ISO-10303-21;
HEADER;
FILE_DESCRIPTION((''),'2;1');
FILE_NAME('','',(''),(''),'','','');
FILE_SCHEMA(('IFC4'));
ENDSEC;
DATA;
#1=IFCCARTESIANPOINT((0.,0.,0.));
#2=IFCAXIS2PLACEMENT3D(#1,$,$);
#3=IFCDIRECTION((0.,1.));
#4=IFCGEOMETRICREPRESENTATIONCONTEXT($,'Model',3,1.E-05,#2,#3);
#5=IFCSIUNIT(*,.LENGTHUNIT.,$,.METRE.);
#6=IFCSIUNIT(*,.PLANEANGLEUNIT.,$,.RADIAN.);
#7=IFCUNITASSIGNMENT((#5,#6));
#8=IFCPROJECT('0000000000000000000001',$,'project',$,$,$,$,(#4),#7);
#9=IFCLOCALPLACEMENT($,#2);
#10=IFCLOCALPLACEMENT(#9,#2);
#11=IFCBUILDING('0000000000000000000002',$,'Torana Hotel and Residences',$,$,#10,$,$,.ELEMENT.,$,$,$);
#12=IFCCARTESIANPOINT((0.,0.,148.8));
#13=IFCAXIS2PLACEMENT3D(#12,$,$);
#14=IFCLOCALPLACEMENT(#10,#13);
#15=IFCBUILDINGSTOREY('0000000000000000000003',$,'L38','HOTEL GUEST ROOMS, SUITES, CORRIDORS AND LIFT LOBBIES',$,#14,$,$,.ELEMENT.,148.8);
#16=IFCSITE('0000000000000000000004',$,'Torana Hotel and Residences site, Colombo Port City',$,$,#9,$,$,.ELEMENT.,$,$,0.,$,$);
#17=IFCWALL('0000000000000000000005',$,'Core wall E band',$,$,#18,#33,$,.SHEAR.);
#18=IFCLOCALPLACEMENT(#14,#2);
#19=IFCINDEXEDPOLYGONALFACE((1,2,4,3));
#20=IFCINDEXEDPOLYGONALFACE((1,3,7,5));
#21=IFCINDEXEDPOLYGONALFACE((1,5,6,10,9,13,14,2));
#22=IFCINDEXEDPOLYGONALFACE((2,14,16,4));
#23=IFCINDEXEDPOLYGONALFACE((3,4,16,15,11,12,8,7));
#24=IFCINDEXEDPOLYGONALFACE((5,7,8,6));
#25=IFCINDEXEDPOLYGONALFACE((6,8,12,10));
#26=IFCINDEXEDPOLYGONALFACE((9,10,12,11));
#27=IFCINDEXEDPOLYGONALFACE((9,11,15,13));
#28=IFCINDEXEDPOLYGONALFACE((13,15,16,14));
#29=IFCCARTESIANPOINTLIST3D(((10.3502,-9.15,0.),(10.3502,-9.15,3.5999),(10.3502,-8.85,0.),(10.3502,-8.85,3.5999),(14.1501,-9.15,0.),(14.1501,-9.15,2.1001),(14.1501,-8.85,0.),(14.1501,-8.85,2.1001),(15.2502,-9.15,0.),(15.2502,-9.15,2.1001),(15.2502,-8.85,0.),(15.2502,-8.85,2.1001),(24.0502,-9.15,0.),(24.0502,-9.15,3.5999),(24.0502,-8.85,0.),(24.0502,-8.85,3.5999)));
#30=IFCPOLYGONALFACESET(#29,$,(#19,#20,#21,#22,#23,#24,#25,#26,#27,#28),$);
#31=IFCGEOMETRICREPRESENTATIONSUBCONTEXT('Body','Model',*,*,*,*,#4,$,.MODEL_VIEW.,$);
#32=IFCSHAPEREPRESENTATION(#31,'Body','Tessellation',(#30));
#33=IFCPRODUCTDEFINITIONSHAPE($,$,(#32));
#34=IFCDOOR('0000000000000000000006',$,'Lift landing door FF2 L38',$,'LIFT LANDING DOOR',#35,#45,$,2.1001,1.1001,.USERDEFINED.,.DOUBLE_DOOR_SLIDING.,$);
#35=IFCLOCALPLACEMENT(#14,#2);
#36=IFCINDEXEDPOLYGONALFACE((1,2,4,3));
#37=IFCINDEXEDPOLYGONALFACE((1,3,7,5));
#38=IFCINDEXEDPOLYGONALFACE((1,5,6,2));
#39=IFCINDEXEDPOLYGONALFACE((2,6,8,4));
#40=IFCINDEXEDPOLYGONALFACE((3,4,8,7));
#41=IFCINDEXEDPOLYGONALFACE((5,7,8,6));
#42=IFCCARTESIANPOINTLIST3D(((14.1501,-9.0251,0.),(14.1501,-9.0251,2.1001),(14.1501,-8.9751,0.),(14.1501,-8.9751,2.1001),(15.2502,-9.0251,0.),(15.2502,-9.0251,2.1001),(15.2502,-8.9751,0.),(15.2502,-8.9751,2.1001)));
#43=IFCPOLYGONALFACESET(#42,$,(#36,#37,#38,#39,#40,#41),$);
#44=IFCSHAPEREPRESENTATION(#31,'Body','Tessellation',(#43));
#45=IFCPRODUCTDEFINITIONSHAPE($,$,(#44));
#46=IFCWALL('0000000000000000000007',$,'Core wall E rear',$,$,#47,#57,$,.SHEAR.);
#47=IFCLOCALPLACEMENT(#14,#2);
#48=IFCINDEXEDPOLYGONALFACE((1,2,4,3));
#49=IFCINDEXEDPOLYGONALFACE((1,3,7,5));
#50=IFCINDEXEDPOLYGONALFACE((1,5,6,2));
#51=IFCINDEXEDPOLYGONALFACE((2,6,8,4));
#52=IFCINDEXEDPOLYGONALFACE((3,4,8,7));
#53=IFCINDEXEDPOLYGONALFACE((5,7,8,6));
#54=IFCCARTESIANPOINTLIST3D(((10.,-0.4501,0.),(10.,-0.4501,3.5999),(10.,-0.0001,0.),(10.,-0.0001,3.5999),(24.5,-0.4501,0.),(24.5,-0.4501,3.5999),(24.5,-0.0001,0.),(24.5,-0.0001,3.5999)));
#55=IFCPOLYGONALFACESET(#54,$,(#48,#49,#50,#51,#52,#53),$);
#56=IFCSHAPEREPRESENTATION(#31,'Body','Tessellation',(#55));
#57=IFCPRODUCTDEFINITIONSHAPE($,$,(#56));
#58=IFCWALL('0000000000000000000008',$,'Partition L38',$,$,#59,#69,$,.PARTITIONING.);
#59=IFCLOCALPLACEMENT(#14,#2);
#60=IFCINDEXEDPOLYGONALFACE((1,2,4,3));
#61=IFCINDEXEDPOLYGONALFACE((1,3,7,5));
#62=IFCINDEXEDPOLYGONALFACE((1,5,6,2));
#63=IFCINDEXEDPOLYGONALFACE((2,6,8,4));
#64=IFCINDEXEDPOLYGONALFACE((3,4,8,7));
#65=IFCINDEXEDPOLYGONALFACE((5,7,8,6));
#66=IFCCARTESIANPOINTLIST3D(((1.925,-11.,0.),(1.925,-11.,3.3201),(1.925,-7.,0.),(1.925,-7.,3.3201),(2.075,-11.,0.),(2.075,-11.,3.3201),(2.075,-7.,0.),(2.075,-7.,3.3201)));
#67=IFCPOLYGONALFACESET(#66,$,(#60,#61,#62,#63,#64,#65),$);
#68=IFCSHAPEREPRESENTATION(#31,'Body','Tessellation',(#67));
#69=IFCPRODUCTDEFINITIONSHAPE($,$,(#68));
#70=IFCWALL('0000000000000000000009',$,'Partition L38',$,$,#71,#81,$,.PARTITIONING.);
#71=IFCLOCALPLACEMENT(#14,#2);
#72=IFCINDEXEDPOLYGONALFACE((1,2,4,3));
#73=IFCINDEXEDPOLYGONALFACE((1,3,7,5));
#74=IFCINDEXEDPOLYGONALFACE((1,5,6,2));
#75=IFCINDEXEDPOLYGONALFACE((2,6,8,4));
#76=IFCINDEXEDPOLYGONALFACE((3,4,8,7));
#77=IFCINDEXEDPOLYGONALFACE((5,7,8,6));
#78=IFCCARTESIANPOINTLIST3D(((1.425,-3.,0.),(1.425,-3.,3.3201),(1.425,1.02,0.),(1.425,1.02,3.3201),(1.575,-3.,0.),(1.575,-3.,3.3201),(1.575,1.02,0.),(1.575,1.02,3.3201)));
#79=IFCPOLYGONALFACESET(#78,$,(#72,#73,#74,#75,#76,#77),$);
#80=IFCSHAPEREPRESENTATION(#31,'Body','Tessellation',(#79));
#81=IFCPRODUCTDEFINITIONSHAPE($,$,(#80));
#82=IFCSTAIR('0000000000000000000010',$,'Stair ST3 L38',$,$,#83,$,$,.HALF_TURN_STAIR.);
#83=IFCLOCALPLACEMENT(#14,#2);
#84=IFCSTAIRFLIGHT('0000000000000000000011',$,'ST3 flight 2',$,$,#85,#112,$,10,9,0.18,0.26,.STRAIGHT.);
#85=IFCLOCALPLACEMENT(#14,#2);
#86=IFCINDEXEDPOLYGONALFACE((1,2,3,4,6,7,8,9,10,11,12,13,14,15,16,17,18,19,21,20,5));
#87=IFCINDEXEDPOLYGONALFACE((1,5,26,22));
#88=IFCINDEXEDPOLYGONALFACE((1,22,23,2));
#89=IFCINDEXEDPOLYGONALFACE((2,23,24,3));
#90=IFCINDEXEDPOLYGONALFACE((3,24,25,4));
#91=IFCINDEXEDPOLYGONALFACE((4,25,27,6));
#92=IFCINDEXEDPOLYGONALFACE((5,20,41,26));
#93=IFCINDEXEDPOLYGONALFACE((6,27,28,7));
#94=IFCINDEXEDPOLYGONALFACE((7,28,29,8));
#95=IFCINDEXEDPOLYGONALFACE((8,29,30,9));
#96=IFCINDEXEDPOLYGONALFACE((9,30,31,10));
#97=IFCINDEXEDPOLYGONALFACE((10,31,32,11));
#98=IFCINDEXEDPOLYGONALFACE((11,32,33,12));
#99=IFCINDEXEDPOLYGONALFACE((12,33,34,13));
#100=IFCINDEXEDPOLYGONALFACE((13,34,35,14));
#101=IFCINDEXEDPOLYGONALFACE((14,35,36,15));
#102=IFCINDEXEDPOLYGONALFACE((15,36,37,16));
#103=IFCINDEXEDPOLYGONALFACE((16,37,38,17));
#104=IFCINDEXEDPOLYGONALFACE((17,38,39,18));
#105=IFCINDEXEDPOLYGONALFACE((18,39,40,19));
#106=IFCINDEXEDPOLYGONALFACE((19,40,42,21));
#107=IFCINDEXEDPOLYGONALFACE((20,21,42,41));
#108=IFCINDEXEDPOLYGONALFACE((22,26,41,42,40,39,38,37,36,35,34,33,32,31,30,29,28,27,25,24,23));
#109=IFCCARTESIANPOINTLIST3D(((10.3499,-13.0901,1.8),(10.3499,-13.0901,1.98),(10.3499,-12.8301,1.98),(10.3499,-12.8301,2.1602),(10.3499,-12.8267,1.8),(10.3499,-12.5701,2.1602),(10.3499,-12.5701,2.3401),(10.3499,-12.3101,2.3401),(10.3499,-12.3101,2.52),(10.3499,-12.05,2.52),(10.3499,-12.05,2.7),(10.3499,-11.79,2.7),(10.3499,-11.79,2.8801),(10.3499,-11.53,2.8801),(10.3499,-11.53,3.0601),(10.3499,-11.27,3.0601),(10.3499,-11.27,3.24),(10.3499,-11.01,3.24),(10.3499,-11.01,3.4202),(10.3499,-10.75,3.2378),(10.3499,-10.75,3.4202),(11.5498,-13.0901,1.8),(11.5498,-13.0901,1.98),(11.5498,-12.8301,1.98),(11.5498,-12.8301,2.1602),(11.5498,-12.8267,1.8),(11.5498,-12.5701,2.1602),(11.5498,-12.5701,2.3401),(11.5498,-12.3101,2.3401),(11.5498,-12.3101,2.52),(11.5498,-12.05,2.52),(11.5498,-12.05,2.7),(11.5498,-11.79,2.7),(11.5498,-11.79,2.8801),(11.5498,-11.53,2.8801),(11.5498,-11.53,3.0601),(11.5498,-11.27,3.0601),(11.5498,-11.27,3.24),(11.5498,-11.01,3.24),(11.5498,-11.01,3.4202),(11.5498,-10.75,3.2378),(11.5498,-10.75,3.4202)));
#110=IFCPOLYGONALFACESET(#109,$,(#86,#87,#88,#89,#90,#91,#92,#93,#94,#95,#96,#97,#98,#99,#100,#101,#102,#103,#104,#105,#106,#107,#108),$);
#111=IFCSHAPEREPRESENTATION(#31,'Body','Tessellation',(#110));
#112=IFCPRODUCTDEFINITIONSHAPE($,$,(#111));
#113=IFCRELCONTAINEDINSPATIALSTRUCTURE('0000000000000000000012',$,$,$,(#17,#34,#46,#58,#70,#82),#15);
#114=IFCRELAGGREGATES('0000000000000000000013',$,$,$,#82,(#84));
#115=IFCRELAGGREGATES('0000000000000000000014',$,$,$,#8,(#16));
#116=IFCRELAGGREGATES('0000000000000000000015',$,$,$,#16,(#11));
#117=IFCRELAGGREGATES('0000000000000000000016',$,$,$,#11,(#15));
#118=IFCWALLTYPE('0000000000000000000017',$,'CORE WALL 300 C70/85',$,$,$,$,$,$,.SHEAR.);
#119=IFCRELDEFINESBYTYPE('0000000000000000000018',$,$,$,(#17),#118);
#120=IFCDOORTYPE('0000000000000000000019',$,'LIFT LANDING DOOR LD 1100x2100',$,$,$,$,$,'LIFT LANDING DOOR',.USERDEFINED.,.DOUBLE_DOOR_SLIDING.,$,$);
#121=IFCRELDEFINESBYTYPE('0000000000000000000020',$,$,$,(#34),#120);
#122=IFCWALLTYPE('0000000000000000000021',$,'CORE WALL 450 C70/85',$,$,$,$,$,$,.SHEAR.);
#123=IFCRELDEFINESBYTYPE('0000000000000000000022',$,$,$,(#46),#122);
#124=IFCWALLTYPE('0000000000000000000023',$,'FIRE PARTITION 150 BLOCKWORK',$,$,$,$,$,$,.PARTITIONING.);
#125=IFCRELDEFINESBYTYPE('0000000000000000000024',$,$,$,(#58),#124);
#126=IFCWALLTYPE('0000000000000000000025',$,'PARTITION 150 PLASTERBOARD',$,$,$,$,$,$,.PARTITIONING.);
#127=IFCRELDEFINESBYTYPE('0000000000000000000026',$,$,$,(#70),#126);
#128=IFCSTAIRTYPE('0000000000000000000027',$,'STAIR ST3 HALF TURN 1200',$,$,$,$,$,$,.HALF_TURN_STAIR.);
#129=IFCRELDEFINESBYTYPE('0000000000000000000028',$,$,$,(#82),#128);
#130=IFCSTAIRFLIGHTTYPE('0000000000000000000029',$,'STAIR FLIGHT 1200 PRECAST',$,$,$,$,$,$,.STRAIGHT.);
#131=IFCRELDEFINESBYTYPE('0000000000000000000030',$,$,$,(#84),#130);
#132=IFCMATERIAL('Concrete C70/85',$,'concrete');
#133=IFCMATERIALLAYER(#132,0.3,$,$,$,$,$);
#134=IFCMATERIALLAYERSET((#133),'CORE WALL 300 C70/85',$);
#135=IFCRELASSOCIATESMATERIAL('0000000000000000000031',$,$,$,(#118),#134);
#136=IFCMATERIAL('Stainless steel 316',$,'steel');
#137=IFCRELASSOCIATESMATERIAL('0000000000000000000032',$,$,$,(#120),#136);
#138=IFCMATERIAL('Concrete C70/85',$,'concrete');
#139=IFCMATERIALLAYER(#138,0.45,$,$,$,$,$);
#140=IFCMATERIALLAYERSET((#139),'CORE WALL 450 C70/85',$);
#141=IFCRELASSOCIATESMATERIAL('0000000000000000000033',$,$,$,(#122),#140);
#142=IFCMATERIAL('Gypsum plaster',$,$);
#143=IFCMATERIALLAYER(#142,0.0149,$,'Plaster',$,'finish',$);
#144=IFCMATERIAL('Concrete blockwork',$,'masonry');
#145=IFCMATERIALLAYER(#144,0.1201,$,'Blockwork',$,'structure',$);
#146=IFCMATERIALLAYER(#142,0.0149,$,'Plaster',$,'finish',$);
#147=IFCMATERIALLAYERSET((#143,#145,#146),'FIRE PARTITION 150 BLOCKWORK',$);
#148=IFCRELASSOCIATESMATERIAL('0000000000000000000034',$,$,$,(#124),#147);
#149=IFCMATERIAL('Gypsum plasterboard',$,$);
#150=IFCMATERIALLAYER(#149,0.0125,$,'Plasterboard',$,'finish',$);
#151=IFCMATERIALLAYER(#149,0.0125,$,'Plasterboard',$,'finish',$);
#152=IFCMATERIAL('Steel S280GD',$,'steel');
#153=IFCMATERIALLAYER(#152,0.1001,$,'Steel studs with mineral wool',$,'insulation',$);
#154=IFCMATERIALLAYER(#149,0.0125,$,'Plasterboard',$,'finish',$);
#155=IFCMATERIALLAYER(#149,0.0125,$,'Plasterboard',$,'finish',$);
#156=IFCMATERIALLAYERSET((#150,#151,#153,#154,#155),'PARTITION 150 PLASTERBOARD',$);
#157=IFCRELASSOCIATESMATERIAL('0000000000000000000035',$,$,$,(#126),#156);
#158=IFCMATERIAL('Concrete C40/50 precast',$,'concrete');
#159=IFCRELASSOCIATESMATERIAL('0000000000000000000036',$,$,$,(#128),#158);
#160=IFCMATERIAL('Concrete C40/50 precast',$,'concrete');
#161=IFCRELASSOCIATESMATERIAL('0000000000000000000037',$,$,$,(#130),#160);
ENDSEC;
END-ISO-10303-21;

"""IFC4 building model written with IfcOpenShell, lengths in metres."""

from ifc_helpers import new_model, si_unit, direction, frame, frame_2d, origin, place, context, subcontext, project, spatial, polyline, rectangle, outline, extrude, material, layer, layer_set, type_object, element, fill, aggregate, save


model = new_model("IFC4")

# Units and contexts
model_context = context("Model", 3, precision=1e-05, world=origin(), true_north=direction((0.0, 1.0)))
body_context = subcontext(model_context, "Body", "Model", "MODEL_VIEW")
ifc_project = project(units=[si_unit("LENGTHUNIT", "METRE"), si_unit("PLANEANGLEUNIT", "RADIAN")], contexts=[model_context])

# Site, building, storey
site_placement = place(None, origin())
site = spatial("IfcSite", under=ifc_project, at=site_placement, Name="Torana Hotel and Residences site, Colombo Port City", CompositionType="ELEMENT", RefElevation=0.0)
building_placement = place(site_placement, origin())
building = spatial("IfcBuilding", under=site, at=building_placement, Name="Torana Hotel and Residences", CompositionType="ELEMENT")
storey_placement = place(building_placement, frame((0.0, 0.0, 148.8)))
storey = spatial("IfcBuildingStorey", under=building, at=storey_placement, Name="L38", Description="HOTEL GUEST ROOMS, SUITES, CORRIDORS AND LIFT LOBBIES", CompositionType="ELEMENT", Elevation=148.8)

# Shared definitions
ifc_material_1 = material(Name="Concrete C70/85", Category="concrete")
ifc_layer_1 = layer(ifc_material_1, 0.3)
ifc_layer_set_1 = layer_set([ifc_layer_1], Name="CORE WALL 300 C70/85")
wall_type_1 = type_object("IfcWallType", Name="CORE WALL 300 C70/85", PredefinedType="SHEAR", material=ifc_layer_set_1)
ifc_material_2 = material(Name="Stainless steel 316", Category="steel")
door_type_1 = type_object("IfcDoorType", Name="LIFT LANDING DOOR LD 1100x2100", ElementType="LIFT LANDING DOOR", OperationType="DOUBLE_DOOR_SLIDING", PredefinedType="USERDEFINED", material=ifc_material_2)

# Wall, opening, door
wall_1_placement = place(storey_placement, frame((10.3501, -9.0, 0.0), z_axis=(0.0, 0.0, 1.0), x_axis=(1.0, 0.0, 0.0)))
wall_1 = element("IfcWall", 1, at=wall_1_placement, inside=storey, type_object=wall_type_1, Name="Core wall E band", PredefinedType="SHEAR", context=body_context, shape_type="SweptSolid", body=[
    extrude(rectangle(XDim=13.7, YDim=0.3, at=frame_2d((6.8501, 0.0))), origin(), (0.0, 0.0, 1.0), 3.5999),
])
opening_1_placement = place(wall_1_placement, frame((3.8, 0.0, 0.0)))
opening_1 = element("IfcOpeningElement", 2, at=opening_1_placement, cuts=wall_1, PredefinedType="OPENING", context=body_context, shape_type="SweptSolid", body=[
    extrude(rectangle(XDim=1.1001, YDim=2.1001, at=frame_2d((0.55, 1.05))), frame((0.0, 0.1599, 0.0), z_axis=(0.0, -1.0, 0.0), x_axis=(1.0, 0.0, 0.0)), (0.0, 0.0, 1.0), 0.3201),
])
door_1_placement = place(opening_1_placement, origin())
door_1 = element("IfcDoor", 3, at=door_1_placement, inside=storey, type_object=door_type_1, Name="Lift landing door FF2 L38", ObjectType="LIFT LANDING DOOR", OperationType="DOUBLE_DOOR_SLIDING", OverallHeight=2.1001, OverallWidth=1.1001, PredefinedType="USERDEFINED", context=body_context, shape_type="SweptSolid", body=[
    extrude(rectangle(XDim=1.1001, YDim=2.1001, at=frame_2d((0.55, 1.05))), frame((0.0, 0.0249, 0.0), z_axis=(0.0, -1.0, 0.0), x_axis=(1.0, 0.0, 0.0)), (0.0, 0.0, 1.0), 0.05),
])
fill(opening_1, door_1)

# Walls
ifc_material_3 = material(Name="Concrete C70/85", Category="concrete")
ifc_layer_2 = layer(ifc_material_3, 0.45)
ifc_layer_set_2 = layer_set([ifc_layer_2], Name="CORE WALL 450 C70/85")
wall_type_2 = type_object("IfcWallType", Name="CORE WALL 450 C70/85", PredefinedType="SHEAR", material=ifc_layer_set_2)
wall_2_placement = place(storey_placement, frame((10.0, -0.2251, 0.0), z_axis=(0.0, 0.0, 1.0), x_axis=(1.0, 0.0, 0.0)))
element("IfcWall", 4, at=wall_2_placement, inside=storey, type_object=wall_type_2, Name="Core wall E rear", PredefinedType="SHEAR", context=body_context, shape_type="SweptSolid", body=[
    extrude(rectangle(XDim=14.5, YDim=0.45, at=frame_2d((7.25, 0.0))), origin(), (0.0, 0.0, 1.0), 3.5999),
])
ifc_material_4 = material(Name="Gypsum plaster")
ifc_layer_3 = layer(ifc_material_4, 0.0149, Name="Plaster", Category="finish")
ifc_material_5 = material(Name="Concrete blockwork", Category="masonry")
ifc_layer_4 = layer(ifc_material_5, 0.1201, Name="Blockwork", Category="structure")
ifc_layer_5 = layer(ifc_material_4, 0.0149, Name="Plaster", Category="finish")
ifc_layer_set_3 = layer_set([ifc_layer_3, ifc_layer_4, ifc_layer_5], Name="FIRE PARTITION 150 BLOCKWORK")
wall_type_3 = type_object("IfcWallType", Name="FIRE PARTITION 150 BLOCKWORK", PredefinedType="PARTITIONING", material=ifc_layer_set_3)
wall_3_placement = place(storey_placement, frame((2.0, -11.0, 0.0), z_axis=(0.0, 0.0, 1.0), x_axis=(0.0, 1.0, 0.0)))
element("IfcWall", 5, at=wall_3_placement, inside=storey, type_object=wall_type_3, Name="Partition L38", PredefinedType="PARTITIONING", context=body_context, shape_type="SweptSolid", body=[
    extrude(rectangle(XDim=4.0, YDim=0.1499, at=frame_2d((2.0, 0.0))), origin(), (0.0, 0.0, 1.0), 3.3201),
])
ifc_material_6 = material(Name="Gypsum plasterboard")
ifc_layer_6 = layer(ifc_material_6, 0.0125, Name="Plasterboard", Category="finish")
ifc_layer_7 = layer(ifc_material_6, 0.0125, Name="Plasterboard", Category="finish")
ifc_material_7 = material(Name="Steel S280GD", Category="steel")
ifc_layer_8 = layer(ifc_material_7, 0.1001, Name="Steel studs with mineral wool", Category="insulation")
ifc_layer_9 = layer(ifc_material_6, 0.0125, Name="Plasterboard", Category="finish")
ifc_layer_10 = layer(ifc_material_6, 0.0125, Name="Plasterboard", Category="finish")
ifc_layer_set_4 = layer_set([ifc_layer_6, ifc_layer_7, ifc_layer_8, ifc_layer_9, ifc_layer_10], Name="PARTITION 150 PLASTERBOARD")
wall_type_4 = type_object("IfcWallType", Name="PARTITION 150 PLASTERBOARD", PredefinedType="PARTITIONING", material=ifc_layer_set_4)
wall_4_placement = place(storey_placement, frame((1.5, -3.0, 0.0), z_axis=(0.0, 0.0, 1.0), x_axis=(0.0, 1.0, 0.0)))
element("IfcWall", 6, at=wall_4_placement, inside=storey, type_object=wall_type_4, Name="Partition L38", PredefinedType="PARTITIONING", context=body_context, shape_type="SweptSolid", body=[
    extrude(rectangle(XDim=4.02, YDim=0.1499, at=frame_2d((2.01, 0.0))), origin(), (0.0, 0.0, 1.0), 3.3201),
])

# Stair, stair flight
ifc_material_8 = material(Name="Concrete C40/50 precast", Category="concrete")
stair_type = type_object("IfcStairType", Name="STAIR ST3 HALF TURN 1200", PredefinedType="HALF_TURN_STAIR", material=ifc_material_8)
stair_placement = place(storey_placement, origin())
stair = element("IfcStair", 7, at=stair_placement, inside=storey, type_object=stair_type, Name="Stair ST3 L38", PredefinedType="HALF_TURN_STAIR")
ifc_material_9 = material(Name="Concrete C40/50 precast", Category="concrete")
stair_flight_type = type_object("IfcStairFlightType", Name="STAIR FLIGHT 1200 PRECAST", PredefinedType="STRAIGHT", material=ifc_material_9)
stair_flight_placement = place(storey_placement, frame((10.95, -13.0901, 1.8), z_axis=(0.0, 0.0, 1.0), x_axis=(0.0, 1.0, 0.0)))
stair_flight = element("IfcStairFlight", 8, at=stair_flight_placement, type_object=stair_flight_type, Name="ST3 flight 2", NumberOfRisers=10, NumberOfTreads=9, PredefinedType="STRAIGHT", RiserHeight=0.18, TreadLength=0.26, context=body_context, shape_type="SweptSolid", body=[
    extrude(outline(polyline([(0.0, 0.0), (0.0, 0.1799), (0.26, 0.1799), (0.26, 0.3601), (0.52, 0.3601), (0.52, 0.54), (0.78, 0.54), (0.78, 0.72), (1.04, 0.72), (1.04, 0.8999), (1.3, 0.8999), (1.3, 1.0801), (1.5601, 1.0801), (1.5601, 1.26), (1.8201, 1.26), (1.8201, 1.4399), (2.0801, 1.4399), (2.0801, 1.6201), (2.3401, 1.6201), (2.3401, 1.8), (2.3401, 1.4377), (0.2634, 0.0), (0.0, 0.0)])), frame((0.0, 0.6001, 0.0), z_axis=(0.0, -1.0, 0.0), x_axis=(1.0, 0.0, 0.0)), (0.0, 0.0, 1.0), 1.2),
])
aggregate(stair, [stair_flight])

save(model, "model.ifc")
